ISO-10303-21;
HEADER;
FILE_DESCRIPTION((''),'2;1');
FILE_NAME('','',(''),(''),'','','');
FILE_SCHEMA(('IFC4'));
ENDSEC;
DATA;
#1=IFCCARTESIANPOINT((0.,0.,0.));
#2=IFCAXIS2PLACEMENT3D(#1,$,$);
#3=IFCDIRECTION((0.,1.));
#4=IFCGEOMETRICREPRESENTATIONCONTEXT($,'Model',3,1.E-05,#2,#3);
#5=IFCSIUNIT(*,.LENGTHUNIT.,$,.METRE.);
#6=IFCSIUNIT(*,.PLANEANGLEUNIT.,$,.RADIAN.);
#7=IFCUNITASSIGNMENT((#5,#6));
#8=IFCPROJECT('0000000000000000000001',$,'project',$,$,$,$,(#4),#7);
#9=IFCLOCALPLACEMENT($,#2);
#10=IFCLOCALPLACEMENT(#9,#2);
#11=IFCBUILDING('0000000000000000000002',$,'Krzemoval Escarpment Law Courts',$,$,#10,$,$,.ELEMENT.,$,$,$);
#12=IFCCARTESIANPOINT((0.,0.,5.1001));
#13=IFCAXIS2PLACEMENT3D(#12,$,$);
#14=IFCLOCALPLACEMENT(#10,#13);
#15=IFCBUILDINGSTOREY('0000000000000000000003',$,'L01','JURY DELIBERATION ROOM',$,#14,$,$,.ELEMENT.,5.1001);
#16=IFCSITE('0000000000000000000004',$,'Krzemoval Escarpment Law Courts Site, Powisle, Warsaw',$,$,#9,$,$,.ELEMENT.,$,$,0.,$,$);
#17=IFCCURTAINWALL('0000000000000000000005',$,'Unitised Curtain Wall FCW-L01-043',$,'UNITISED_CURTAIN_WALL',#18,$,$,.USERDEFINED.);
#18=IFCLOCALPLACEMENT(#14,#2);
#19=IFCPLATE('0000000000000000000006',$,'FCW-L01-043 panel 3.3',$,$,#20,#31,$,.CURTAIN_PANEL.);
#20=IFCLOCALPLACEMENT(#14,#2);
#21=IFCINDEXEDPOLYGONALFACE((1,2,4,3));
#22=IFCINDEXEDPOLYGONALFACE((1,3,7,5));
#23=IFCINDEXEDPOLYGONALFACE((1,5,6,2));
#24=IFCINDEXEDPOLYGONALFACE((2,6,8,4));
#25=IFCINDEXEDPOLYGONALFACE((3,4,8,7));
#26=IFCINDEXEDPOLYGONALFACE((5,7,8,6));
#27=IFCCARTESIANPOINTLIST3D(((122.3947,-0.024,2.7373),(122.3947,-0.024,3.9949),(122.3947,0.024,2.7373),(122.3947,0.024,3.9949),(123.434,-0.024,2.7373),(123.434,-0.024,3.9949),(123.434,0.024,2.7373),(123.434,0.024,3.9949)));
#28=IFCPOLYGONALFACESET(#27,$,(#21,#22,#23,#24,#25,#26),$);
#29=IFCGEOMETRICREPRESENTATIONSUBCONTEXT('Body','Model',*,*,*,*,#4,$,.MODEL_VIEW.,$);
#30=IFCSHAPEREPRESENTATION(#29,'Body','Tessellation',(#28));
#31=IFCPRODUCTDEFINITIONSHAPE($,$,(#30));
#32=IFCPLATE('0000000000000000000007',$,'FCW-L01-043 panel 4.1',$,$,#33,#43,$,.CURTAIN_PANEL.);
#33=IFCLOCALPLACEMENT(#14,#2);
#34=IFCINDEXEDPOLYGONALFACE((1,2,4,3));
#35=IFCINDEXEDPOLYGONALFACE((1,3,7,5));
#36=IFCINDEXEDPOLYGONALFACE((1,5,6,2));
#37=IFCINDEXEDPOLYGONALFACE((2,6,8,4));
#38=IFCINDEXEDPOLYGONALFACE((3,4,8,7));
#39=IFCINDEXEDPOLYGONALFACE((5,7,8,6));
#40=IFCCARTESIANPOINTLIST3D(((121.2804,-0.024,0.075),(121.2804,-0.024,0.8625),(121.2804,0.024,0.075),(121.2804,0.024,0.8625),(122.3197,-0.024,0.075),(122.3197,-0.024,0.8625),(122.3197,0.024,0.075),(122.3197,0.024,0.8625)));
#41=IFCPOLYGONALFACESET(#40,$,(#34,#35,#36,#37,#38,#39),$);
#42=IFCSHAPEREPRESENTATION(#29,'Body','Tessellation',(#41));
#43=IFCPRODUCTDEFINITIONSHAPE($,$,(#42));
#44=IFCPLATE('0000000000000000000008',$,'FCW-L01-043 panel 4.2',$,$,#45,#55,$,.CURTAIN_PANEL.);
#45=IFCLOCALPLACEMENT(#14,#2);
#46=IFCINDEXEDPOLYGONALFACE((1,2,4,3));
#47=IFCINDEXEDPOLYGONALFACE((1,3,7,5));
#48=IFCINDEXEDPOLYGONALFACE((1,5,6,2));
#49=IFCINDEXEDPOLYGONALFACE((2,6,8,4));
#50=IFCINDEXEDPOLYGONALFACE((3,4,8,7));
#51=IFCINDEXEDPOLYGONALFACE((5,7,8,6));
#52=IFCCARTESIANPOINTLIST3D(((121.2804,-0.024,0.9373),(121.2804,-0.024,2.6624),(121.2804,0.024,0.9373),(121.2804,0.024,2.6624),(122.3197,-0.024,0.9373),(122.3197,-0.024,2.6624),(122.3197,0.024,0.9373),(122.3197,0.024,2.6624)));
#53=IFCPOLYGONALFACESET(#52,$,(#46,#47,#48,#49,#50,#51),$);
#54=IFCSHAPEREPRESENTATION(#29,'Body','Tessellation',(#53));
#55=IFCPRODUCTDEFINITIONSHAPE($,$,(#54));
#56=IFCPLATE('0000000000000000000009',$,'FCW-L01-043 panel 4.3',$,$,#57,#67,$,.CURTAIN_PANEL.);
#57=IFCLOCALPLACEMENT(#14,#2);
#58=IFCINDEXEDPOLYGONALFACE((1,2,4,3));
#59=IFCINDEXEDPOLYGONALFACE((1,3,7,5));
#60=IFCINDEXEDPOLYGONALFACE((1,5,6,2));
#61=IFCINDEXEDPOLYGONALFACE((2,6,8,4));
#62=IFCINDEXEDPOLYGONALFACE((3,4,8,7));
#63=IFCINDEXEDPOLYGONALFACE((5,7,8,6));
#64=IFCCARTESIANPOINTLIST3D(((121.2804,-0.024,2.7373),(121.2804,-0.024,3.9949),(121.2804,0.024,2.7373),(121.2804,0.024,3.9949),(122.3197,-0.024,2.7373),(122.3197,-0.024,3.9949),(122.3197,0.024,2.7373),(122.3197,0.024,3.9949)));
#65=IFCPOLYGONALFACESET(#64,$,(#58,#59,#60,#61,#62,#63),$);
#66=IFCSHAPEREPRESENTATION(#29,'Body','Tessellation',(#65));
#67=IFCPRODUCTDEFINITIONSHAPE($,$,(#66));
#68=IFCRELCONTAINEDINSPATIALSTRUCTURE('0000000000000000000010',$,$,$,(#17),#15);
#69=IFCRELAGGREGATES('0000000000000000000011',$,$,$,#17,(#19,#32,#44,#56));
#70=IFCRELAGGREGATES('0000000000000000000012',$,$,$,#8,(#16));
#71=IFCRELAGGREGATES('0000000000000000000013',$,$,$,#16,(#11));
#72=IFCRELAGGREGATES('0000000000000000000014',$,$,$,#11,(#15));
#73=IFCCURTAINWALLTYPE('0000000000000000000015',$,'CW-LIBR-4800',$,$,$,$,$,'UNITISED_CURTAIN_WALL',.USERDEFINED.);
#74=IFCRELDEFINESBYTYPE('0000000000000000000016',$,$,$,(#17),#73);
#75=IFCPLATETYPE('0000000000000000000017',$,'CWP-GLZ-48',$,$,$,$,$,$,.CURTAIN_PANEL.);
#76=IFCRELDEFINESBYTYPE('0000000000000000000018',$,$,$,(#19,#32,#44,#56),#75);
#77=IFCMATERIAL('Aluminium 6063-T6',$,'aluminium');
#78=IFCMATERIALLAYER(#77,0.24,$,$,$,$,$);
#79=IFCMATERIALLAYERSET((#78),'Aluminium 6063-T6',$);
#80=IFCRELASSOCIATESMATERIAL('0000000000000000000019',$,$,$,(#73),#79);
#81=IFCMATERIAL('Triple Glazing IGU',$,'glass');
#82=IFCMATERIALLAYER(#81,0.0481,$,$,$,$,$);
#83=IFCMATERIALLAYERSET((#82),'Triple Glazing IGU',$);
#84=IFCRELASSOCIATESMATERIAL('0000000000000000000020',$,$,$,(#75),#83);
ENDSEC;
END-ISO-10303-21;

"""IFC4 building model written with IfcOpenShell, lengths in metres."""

from ifc_helpers import new_model, si_unit, direction, frame, origin, origin_2d, place, context, subcontext, project, spatial, rectangle, extrude, material, layer, layer_set, type_object, element, aggregate, save


model = new_model("IFC4")

# Units and contexts
model_context = context("Model", 3, precision=1e-05, world=origin(), true_north=direction((0.0, 1.0)))
body_context = subcontext(model_context, "Body", "Model", "MODEL_VIEW")
ifc_project = project(units=[si_unit("LENGTHUNIT", "METRE"), si_unit("PLANEANGLEUNIT", "RADIAN")], contexts=[model_context])

# Site, building, storey
site_placement = place(None, origin())
site = spatial("IfcSite", under=ifc_project, at=site_placement, Name="Krzemoval Escarpment Law Courts Site, Powisle, Warsaw", CompositionType="ELEMENT", RefElevation=0.0)
building_placement = place(site_placement, origin())
building = spatial("IfcBuilding", under=site, at=building_placement, Name="Krzemoval Escarpment Law Courts", CompositionType="ELEMENT")
storey_placement = place(building_placement, frame((0.0, 0.0, 5.1001)))
storey = spatial("IfcBuildingStorey", under=building, at=storey_placement, Name="L01", Description="JURY DELIBERATION ROOM", CompositionType="ELEMENT", Elevation=5.1001)

# Curtain wall
ifc_material_1 = material(Name="Aluminium 6063-T6", Category="aluminium")
ifc_layer_1 = layer(ifc_material_1, 0.24)
ifc_layer_set_1 = layer_set([ifc_layer_1], Name="Aluminium 6063-T6")
curtain_wall_type = type_object("IfcCurtainWallType", Name="CW-LIBR-4800", ElementType="UNITISED_CURTAIN_WALL", PredefinedType="USERDEFINED", material=ifc_layer_set_1)
curtain_wall_placement = place(storey_placement, origin())
curtain_wall = element("IfcCurtainWall", 1, at=curtain_wall_placement, inside=storey, type_object=curtain_wall_type, Name="Unitised Curtain Wall FCW-L01-043", ObjectType="UNITISED_CURTAIN_WALL", PredefinedType="USERDEFINED")

# Plates
ifc_material_2 = material(Name="Triple Glazing IGU", Category="glass")
ifc_layer_2 = layer(ifc_material_2, 0.0481)
ifc_layer_set_2 = layer_set([ifc_layer_2], Name="Triple Glazing IGU")
plate_type = type_object("IfcPlateType", Name="CWP-GLZ-48", PredefinedType="CURTAIN_PANEL", material=ifc_layer_set_2)
plate_1_placement = place(storey_placement, frame((122.9143, 0.0, 2.7373), z_axis=(0.0, 0.0, 1.0), x_axis=(-1.0, 0.0, 0.0)))
plate_1 = element("IfcPlate", 2, at=plate_1_placement, type_object=plate_type, Name="FCW-L01-043 panel 3.3", PredefinedType="CURTAIN_PANEL", context=body_context, shape_type="SweptSolid", body=[
    extrude(rectangle(XDim=1.0393, YDim=0.0481, at=origin_2d()), origin(), (0.0, 0.0, 1.0), 1.2576),
])
plate_2_placement = place(storey_placement, frame((121.8, 0.0, 0.075), z_axis=(0.0, 0.0, 1.0), x_axis=(-1.0, 0.0, 0.0)))
plate_2 = element("IfcPlate", 3, at=plate_2_placement, type_object=plate_type, Name="FCW-L01-043 panel 4.1", PredefinedType="CURTAIN_PANEL", context=body_context, shape_type="SweptSolid", body=[
    extrude(rectangle(XDim=1.0393, YDim=0.0481, at=origin_2d()), origin(), (0.0, 0.0, 1.0), 0.7876),
])
plate_3_placement = place(storey_placement, frame((121.8, 0.0, 0.9373), z_axis=(0.0, 0.0, 1.0), x_axis=(-1.0, 0.0, 0.0)))
plate_3 = element("IfcPlate", 4, at=plate_3_placement, type_object=plate_type, Name="FCW-L01-043 panel 4.2", PredefinedType="CURTAIN_PANEL", context=body_context, shape_type="SweptSolid", body=[
    extrude(rectangle(XDim=1.0393, YDim=0.0481, at=origin_2d()), origin(), (0.0, 0.0, 1.0), 1.7251),
])
plate_4_placement = place(storey_placement, frame((121.8, 0.0, 2.7373), z_axis=(0.0, 0.0, 1.0), x_axis=(-1.0, 0.0, 0.0)))
plate_4 = element("IfcPlate", 5, at=plate_4_placement, type_object=plate_type, Name="FCW-L01-043 panel 4.3", PredefinedType="CURTAIN_PANEL", context=body_context, shape_type="SweptSolid", body=[
    extrude(rectangle(XDim=1.0393, YDim=0.0481, at=origin_2d()), origin(), (0.0, 0.0, 1.0), 1.2576),
])
aggregate(curtain_wall, [plate_1, plate_2, plate_3, plate_4])

save(model, "model.ifc")
